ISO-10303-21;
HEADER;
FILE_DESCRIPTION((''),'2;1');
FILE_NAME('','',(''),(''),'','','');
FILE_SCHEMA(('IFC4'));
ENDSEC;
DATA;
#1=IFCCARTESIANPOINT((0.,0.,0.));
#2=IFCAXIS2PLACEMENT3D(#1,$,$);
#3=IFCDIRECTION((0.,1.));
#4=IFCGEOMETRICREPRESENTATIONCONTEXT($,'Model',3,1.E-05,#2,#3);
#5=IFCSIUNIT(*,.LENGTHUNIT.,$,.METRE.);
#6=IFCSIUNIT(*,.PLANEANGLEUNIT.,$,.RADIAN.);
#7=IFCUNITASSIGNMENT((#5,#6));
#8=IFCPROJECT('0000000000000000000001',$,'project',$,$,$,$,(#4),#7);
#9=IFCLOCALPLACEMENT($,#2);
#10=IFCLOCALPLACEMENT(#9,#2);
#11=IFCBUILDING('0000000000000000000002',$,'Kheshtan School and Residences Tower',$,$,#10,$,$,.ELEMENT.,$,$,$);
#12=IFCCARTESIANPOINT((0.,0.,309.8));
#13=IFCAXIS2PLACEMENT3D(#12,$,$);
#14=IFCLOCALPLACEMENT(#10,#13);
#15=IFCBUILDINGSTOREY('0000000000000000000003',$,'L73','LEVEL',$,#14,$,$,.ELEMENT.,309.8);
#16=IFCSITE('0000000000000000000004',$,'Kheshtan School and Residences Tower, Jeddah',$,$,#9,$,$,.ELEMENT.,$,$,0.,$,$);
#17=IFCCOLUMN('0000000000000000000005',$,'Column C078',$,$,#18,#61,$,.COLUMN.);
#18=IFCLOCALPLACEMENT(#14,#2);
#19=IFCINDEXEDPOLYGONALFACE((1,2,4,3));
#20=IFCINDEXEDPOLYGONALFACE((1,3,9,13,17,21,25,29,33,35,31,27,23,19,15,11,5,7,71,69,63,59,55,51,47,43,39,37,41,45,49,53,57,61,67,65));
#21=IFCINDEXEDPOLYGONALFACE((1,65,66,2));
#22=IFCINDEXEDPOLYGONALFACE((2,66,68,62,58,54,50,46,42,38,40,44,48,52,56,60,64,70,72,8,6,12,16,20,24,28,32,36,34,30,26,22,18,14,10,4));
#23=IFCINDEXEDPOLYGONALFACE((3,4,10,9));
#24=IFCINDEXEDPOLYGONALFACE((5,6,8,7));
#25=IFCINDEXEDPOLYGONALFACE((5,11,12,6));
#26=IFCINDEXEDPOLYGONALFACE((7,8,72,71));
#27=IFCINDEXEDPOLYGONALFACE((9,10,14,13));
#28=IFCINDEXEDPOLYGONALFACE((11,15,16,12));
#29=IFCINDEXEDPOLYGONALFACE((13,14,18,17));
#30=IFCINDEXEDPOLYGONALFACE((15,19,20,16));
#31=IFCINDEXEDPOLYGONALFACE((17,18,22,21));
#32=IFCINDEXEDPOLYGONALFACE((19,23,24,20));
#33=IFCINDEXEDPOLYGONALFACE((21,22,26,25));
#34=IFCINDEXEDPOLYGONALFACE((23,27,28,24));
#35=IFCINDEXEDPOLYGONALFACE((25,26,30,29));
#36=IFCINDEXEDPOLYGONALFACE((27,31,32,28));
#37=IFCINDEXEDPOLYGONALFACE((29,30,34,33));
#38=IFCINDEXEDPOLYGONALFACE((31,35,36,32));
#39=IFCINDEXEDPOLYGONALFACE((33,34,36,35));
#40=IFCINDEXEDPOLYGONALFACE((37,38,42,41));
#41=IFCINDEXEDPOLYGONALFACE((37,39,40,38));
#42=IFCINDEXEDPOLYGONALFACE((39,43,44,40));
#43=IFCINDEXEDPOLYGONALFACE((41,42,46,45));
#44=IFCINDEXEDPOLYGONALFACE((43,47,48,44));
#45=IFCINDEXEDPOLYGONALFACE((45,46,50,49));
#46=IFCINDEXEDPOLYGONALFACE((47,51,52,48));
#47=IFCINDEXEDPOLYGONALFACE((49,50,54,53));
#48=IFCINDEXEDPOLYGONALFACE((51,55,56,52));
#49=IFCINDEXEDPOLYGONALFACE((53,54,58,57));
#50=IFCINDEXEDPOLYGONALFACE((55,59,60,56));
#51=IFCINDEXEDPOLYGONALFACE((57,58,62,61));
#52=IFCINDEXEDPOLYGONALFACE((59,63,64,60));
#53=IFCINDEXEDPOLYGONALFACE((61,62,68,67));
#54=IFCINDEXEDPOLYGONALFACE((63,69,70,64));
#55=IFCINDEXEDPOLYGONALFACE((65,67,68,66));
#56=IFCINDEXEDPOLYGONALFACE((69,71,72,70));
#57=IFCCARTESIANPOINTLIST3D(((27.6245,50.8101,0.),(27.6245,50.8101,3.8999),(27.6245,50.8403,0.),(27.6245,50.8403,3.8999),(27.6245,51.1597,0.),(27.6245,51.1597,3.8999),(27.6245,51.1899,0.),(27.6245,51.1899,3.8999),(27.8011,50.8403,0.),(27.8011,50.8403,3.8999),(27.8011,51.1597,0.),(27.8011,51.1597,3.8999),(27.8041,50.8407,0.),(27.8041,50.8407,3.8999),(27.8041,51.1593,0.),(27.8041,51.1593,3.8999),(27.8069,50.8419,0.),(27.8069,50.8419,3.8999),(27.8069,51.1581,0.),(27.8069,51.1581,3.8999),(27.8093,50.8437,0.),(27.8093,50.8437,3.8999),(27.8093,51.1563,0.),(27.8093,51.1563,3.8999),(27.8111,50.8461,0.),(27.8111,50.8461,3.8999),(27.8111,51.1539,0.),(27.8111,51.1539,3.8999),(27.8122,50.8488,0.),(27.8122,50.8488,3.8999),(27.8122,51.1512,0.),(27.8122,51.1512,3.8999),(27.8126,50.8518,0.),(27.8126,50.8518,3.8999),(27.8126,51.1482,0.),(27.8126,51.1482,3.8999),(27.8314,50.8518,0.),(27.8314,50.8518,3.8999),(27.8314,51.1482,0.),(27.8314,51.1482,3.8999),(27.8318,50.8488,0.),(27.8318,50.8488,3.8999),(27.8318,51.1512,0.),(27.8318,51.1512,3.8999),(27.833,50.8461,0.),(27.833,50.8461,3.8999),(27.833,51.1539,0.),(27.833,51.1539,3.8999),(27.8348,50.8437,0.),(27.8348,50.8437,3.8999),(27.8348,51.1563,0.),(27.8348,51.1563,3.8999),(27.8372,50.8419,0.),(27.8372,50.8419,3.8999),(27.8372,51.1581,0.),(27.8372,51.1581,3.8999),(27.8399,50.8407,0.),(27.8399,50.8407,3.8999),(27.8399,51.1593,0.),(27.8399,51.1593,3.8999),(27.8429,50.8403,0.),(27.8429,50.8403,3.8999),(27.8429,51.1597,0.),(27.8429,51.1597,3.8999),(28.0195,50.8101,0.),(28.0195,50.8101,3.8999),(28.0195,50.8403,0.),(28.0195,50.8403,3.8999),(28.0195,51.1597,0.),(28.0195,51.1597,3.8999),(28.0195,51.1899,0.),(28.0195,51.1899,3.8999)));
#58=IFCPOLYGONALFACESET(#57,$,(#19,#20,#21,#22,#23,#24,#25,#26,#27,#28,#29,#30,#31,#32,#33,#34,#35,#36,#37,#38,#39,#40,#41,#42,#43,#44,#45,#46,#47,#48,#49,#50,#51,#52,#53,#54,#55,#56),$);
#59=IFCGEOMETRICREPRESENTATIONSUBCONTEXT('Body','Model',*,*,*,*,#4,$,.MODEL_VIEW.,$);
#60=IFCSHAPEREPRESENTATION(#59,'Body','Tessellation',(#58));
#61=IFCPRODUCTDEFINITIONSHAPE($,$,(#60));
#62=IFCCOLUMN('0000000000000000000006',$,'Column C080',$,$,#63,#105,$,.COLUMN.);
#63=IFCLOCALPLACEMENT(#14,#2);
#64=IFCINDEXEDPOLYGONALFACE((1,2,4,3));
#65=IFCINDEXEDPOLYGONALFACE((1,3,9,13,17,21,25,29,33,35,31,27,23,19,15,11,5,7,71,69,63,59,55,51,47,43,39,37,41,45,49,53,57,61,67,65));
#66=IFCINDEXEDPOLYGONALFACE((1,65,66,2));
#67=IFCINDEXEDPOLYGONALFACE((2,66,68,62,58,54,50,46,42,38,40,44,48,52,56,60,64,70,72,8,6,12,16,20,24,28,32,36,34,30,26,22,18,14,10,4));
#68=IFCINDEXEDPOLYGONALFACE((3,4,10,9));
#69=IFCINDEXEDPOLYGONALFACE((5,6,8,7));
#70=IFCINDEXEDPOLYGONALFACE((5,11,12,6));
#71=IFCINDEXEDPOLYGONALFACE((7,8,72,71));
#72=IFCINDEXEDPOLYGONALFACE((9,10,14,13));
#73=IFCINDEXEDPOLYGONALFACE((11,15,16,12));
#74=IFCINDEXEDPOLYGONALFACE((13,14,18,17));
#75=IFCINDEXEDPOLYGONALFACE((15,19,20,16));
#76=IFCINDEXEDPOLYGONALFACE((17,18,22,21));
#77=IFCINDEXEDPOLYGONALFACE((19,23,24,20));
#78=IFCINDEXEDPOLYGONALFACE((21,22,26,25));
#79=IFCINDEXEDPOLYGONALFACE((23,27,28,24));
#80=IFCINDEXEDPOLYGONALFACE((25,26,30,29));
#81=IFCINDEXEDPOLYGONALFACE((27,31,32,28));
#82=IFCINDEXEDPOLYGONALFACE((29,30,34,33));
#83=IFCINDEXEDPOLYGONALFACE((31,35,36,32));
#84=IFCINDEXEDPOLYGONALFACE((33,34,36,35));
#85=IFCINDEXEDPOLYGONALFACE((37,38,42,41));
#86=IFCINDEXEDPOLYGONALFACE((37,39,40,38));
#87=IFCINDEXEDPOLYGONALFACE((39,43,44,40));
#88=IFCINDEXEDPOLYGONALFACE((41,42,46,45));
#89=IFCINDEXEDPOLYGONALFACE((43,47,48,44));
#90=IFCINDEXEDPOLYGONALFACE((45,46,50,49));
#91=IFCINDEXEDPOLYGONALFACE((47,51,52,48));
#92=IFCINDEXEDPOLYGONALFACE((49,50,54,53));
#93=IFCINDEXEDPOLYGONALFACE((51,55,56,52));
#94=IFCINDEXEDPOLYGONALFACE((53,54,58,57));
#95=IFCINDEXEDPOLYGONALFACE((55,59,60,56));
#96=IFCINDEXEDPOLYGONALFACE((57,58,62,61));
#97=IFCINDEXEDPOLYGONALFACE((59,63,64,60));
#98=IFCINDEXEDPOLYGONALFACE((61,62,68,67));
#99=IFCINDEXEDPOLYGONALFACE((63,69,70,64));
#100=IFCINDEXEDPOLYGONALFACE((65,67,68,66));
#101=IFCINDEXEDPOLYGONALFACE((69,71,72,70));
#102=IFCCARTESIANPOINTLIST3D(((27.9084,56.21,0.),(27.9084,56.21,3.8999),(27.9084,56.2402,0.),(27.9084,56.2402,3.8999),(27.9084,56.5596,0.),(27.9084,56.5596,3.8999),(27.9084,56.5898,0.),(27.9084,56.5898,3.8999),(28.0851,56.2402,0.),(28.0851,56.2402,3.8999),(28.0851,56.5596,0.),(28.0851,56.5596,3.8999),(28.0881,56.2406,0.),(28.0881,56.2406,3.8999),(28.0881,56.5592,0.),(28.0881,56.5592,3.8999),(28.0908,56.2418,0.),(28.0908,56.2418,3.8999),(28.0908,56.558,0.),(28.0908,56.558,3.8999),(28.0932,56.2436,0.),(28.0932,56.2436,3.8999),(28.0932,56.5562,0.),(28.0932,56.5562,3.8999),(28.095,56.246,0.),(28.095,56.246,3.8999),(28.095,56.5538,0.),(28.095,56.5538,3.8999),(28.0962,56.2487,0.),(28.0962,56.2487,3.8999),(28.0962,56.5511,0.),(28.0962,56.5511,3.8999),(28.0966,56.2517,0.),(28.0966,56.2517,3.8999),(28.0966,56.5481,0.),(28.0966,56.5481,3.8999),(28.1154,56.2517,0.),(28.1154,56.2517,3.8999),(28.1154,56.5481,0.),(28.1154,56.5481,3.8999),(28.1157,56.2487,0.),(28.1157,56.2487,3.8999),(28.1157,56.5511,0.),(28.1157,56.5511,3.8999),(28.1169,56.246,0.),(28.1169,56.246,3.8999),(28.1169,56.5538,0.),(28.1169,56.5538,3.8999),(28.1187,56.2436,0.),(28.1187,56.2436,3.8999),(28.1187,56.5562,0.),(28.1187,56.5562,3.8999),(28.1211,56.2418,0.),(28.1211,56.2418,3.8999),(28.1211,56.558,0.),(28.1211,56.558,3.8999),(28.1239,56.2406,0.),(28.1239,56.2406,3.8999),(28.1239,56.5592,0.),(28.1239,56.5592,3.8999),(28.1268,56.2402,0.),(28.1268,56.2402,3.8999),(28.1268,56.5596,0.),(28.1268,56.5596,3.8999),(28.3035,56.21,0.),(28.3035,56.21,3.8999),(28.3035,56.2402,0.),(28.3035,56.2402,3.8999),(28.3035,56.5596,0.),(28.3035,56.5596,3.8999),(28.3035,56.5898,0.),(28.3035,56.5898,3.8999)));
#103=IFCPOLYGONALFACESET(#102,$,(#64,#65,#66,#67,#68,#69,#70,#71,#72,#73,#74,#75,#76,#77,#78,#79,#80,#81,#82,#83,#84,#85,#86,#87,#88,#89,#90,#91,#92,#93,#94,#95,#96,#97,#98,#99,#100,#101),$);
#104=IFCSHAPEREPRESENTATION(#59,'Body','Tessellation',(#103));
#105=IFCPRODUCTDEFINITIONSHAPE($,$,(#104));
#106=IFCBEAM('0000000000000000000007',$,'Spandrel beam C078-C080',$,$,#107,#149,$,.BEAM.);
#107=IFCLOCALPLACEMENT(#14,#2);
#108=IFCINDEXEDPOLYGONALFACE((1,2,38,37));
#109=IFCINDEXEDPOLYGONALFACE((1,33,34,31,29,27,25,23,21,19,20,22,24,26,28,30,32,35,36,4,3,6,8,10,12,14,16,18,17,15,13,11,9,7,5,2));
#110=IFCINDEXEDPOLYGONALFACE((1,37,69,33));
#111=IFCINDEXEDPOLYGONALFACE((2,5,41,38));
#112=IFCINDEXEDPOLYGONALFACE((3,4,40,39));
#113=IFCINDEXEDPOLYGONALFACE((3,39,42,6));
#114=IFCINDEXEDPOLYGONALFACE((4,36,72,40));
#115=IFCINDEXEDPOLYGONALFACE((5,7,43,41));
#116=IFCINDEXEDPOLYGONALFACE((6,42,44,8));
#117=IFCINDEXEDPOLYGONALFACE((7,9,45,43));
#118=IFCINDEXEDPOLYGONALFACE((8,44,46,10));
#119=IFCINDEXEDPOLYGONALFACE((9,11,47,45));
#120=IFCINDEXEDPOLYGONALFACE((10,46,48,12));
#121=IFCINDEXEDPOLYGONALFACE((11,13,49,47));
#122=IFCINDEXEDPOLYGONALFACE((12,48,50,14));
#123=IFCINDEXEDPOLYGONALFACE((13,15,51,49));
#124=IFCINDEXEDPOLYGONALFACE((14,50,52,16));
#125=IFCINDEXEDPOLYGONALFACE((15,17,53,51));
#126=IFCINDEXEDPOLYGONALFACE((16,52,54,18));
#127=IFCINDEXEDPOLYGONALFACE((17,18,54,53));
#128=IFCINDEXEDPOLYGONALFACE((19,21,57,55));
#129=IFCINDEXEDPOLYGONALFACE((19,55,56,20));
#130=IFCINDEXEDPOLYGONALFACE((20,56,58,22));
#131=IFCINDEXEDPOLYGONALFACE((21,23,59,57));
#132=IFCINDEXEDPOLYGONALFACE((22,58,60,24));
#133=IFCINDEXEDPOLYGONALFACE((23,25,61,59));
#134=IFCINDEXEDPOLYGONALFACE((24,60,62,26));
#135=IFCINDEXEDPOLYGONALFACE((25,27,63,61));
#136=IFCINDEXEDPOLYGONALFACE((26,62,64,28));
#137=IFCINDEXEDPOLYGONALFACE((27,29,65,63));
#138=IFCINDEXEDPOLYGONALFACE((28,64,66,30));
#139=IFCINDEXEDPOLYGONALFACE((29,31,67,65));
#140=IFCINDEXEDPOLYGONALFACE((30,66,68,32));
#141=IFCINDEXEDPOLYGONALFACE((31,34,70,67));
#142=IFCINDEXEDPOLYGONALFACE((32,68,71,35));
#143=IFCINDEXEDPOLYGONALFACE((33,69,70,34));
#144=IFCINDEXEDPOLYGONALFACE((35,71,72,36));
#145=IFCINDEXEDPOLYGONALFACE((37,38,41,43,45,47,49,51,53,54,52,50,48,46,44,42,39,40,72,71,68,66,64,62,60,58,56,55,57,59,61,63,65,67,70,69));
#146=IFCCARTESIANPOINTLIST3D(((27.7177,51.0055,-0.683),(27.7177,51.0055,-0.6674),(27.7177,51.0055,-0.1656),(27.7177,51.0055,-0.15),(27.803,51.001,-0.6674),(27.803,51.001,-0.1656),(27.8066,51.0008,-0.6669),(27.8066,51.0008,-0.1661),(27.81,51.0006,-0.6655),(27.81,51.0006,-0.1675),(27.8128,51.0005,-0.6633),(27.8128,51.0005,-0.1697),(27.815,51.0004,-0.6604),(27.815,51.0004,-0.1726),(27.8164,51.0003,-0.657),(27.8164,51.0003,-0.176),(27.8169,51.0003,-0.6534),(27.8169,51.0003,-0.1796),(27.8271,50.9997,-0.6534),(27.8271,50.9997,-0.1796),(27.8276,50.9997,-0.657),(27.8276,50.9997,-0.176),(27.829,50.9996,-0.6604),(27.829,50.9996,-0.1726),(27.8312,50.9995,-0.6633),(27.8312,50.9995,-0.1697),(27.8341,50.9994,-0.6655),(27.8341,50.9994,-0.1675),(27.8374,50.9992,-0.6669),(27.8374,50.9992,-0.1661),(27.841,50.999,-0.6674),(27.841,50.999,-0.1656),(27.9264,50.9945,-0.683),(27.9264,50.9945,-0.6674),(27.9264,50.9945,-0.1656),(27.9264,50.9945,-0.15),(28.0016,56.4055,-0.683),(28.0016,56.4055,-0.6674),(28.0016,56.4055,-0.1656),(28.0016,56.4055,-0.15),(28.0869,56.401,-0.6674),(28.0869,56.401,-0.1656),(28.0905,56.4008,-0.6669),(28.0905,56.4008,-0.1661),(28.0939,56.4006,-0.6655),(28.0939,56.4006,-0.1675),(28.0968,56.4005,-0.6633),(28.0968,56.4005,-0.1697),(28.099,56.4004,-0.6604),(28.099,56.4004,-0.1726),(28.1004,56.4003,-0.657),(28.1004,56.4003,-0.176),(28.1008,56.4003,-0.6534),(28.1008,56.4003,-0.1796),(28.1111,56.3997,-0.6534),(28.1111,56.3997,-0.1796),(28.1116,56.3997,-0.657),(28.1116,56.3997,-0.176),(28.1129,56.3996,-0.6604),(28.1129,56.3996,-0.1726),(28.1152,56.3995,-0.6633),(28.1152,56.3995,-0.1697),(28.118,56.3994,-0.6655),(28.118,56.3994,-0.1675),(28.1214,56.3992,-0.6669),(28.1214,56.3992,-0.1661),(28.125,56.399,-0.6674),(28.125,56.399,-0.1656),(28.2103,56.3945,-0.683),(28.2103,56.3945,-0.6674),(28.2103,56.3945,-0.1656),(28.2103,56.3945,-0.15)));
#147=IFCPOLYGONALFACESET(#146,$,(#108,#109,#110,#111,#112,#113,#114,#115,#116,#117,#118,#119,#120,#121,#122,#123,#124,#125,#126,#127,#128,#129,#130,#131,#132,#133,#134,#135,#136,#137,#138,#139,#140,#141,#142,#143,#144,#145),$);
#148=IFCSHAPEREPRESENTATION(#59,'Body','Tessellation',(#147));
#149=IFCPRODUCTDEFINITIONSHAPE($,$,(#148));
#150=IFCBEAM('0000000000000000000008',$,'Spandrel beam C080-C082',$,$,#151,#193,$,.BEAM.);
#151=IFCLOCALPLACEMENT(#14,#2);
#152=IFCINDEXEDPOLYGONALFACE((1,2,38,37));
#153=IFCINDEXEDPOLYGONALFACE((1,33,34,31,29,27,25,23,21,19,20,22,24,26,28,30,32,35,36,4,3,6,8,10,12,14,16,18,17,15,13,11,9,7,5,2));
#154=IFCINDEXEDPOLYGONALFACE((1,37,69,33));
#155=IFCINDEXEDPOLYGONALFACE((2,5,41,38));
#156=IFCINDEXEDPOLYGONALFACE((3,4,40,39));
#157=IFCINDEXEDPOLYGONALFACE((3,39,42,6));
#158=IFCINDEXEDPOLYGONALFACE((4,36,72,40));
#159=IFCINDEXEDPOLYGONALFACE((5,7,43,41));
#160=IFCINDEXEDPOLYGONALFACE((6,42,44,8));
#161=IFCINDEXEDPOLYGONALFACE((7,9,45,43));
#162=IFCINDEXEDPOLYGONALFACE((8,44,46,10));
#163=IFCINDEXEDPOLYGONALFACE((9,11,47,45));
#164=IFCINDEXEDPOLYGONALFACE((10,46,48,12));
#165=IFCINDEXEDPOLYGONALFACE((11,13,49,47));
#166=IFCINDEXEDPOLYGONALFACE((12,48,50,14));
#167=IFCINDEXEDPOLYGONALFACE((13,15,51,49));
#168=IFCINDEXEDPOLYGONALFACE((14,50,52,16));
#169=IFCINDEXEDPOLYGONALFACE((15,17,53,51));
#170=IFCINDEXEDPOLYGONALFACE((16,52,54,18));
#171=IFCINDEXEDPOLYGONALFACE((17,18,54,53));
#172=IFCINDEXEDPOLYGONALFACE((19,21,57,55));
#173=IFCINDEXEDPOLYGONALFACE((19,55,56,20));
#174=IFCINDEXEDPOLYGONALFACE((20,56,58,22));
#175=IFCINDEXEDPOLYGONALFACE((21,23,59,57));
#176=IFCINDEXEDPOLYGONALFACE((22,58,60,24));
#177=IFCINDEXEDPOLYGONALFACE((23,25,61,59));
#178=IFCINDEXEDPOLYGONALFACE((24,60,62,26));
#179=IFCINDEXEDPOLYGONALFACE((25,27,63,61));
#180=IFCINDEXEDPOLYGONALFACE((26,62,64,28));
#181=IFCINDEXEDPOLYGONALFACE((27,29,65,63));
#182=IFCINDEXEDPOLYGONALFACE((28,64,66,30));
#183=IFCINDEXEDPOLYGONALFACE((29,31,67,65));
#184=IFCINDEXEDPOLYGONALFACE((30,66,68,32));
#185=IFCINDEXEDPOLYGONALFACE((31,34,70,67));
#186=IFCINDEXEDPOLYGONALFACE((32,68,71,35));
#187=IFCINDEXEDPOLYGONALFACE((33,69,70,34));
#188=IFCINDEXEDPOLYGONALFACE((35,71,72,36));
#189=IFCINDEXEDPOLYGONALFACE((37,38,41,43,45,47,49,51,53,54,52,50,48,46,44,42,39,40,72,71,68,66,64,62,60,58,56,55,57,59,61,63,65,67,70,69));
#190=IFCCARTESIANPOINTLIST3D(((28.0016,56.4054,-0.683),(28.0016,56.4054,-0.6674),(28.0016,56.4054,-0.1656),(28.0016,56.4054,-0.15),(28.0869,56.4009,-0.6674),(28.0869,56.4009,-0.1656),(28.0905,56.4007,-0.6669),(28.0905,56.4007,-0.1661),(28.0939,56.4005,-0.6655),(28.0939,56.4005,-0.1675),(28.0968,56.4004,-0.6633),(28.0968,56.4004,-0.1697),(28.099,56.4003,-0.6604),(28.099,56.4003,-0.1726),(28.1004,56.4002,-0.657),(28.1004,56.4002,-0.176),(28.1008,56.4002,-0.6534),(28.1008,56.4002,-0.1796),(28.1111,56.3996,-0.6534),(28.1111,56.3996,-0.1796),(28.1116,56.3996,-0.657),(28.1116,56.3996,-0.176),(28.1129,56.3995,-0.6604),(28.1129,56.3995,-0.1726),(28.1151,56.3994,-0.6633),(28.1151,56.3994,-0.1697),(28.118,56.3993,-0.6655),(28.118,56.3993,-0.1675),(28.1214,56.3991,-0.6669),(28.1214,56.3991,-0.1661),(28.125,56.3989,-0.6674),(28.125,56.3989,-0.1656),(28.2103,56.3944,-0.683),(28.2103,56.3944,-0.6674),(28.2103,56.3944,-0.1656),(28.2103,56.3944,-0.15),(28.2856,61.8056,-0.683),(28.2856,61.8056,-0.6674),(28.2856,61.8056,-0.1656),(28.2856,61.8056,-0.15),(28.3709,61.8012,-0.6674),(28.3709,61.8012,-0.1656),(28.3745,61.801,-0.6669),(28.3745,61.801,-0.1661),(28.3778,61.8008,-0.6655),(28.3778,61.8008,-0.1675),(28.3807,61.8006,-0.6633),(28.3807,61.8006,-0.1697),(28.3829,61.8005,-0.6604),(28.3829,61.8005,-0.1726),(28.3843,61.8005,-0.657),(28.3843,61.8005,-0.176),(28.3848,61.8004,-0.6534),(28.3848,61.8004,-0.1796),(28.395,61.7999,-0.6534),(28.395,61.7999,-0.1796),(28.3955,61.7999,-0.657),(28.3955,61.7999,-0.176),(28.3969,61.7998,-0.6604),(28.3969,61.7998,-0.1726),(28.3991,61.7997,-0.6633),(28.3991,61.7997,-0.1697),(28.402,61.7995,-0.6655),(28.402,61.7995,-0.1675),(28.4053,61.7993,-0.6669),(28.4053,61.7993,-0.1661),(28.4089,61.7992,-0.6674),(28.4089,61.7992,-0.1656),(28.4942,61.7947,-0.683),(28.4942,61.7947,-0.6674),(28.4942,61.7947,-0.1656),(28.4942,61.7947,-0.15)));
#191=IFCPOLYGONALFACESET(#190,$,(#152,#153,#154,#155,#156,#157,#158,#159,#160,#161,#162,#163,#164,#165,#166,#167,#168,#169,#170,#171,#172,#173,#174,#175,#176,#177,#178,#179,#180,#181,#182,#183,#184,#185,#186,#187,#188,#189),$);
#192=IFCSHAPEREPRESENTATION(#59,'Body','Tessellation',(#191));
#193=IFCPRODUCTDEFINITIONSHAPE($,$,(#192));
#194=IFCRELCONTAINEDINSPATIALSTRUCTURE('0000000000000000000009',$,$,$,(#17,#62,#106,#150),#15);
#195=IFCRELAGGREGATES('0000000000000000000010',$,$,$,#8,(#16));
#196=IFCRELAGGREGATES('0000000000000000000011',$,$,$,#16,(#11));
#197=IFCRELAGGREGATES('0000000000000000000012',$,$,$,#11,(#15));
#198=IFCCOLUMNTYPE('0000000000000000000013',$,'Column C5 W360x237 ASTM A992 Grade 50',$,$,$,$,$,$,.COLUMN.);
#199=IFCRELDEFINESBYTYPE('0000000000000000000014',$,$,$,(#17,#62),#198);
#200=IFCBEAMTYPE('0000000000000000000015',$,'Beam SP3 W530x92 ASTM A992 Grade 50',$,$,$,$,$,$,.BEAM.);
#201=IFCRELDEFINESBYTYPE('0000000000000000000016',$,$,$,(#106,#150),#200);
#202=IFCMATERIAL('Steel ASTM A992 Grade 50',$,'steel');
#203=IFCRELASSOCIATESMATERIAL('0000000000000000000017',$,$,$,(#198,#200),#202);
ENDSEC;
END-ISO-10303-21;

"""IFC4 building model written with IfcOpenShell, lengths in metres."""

from ifc_helpers import new_model, si_unit, direction, frame, origin, origin_2d, place, context, subcontext, project, spatial, i_section, extrude, material, material_profile, profile_set, type_object, element, save


model = new_model("IFC4")

# Units and contexts
model_context = context("Model", 3, precision=1e-05, world=origin(), true_north=direction((0.0, 1.0)))
body_context = subcontext(model_context, "Body", "Model", "MODEL_VIEW")
ifc_project = project(units=[si_unit("LENGTHUNIT", "METRE"), si_unit("PLANEANGLEUNIT", "RADIAN")], contexts=[model_context])

# Site, building, storey
site_placement = place(None, origin())
site = spatial("IfcSite", under=ifc_project, at=site_placement, Name="Kheshtan School and Residences Tower, Jeddah", CompositionType="ELEMENT", RefElevation=0.0)
building_placement = place(site_placement, origin())
building = spatial("IfcBuilding", under=site, at=building_placement, Name="Kheshtan School and Residences Tower", CompositionType="ELEMENT")
storey_placement = place(building_placement, frame((0.0, 0.0, 309.8)))
storey = spatial("IfcBuildingStorey", under=building, at=storey_placement, Name="L73", Description="LEVEL", CompositionType="ELEMENT", Elevation=309.8)

# Columns
ifc_material_1 = material(Name="Steel ASTM A992 Grade 50", Category="steel")
ifc_material_profile_1 = material_profile(ifc_material_1, i_section(OverallWidth=0.395, OverallDepth=0.3799, WebThickness=0.0188, FlangeThickness=0.0303, FilletRadius=0.0115, at=origin_2d()), Name="W360x237")
ifc_profile_set_1 = profile_set([ifc_material_profile_1], Name="Steel ASTM A992 Grade 50")
column_type = type_object("IfcColumnType", Name="Column C5 W360x237 ASTM A992 Grade 50", PredefinedType="COLUMN", material=ifc_profile_set_1)
for number, where, z_axis, x_axis, name in (
    (1, (27.822, 51.0, 0.0), (0.0, 0.0, 1.0), (1.0, 0.0, 0.0), "Column C078"),
    (2, (28.106, 56.3999, 0.0), (0.0, 0.0, 1.0), (1.0, 0.0, 0.0), "Column C080"),
):
    element("IfcColumn", number, at=place(storey_placement, frame(where, z_axis=z_axis, x_axis=x_axis)), inside=storey, type_object=column_type, Name=name, PredefinedType="COLUMN", context=body_context, shape_type="SweptSolid", body=[
        extrude(i_section(OverallWidth=0.395, OverallDepth=0.3799, WebThickness=0.0188, FlangeThickness=0.0303, FilletRadius=0.0115, at=origin_2d()), origin(), (0.0, 0.0, 1.0), 3.8999),
    ])

# Beams
ifc_material_profile_2 = material_profile(ifc_material_1, i_section(OverallWidth=0.209, OverallDepth=0.533, WebThickness=0.0103, FlangeThickness=0.0156, FilletRadius=0.0139, at=origin_2d()), Name="W530x92")
ifc_profile_set_2 = profile_set([ifc_material_profile_2], Name="Steel ASTM A992 Grade 50")
beam_type = type_object("IfcBeamType", Name="Beam SP3 W530x92 ASTM A992 Grade 50", PredefinedType="BEAM", material=ifc_profile_set_2)
beam_1_placement = place(storey_placement, frame((27.822, 51.0, -0.4165), z_axis=(0.052509, 0.99862, 0.0), x_axis=(-0.99862, 0.052509, 0.0)))
element("IfcBeam", 3, at=beam_1_placement, inside=storey, type_object=beam_type, Name="Spandrel beam C078-C080", PredefinedType="BEAM", context=body_context, shape_type="SweptSolid", body=[
    extrude(i_section(OverallWidth=0.209, OverallDepth=0.533, WebThickness=0.0103, FlangeThickness=0.0156, FilletRadius=0.0139, at=origin_2d()), origin(), (0.0, 0.0, 1.0), 5.4075),
])
beam_2_placement = place(storey_placement, frame((28.106, 56.3999, -0.4165), z_axis=(0.052507, 0.998621, 0.0), x_axis=(-0.998621, 0.052507, 0.0)))
element("IfcBeam", 4, at=beam_2_placement, inside=storey, type_object=beam_type, Name="Spandrel beam C080-C082", PredefinedType="BEAM", context=body_context, shape_type="SweptSolid", body=[
    extrude(i_section(OverallWidth=0.209, OverallDepth=0.533, WebThickness=0.0103, FlangeThickness=0.0156, FilletRadius=0.0139, at=origin_2d()), origin(), (0.0, 0.0, 1.0), 5.4077),
])

save(model, "model.ifc")
